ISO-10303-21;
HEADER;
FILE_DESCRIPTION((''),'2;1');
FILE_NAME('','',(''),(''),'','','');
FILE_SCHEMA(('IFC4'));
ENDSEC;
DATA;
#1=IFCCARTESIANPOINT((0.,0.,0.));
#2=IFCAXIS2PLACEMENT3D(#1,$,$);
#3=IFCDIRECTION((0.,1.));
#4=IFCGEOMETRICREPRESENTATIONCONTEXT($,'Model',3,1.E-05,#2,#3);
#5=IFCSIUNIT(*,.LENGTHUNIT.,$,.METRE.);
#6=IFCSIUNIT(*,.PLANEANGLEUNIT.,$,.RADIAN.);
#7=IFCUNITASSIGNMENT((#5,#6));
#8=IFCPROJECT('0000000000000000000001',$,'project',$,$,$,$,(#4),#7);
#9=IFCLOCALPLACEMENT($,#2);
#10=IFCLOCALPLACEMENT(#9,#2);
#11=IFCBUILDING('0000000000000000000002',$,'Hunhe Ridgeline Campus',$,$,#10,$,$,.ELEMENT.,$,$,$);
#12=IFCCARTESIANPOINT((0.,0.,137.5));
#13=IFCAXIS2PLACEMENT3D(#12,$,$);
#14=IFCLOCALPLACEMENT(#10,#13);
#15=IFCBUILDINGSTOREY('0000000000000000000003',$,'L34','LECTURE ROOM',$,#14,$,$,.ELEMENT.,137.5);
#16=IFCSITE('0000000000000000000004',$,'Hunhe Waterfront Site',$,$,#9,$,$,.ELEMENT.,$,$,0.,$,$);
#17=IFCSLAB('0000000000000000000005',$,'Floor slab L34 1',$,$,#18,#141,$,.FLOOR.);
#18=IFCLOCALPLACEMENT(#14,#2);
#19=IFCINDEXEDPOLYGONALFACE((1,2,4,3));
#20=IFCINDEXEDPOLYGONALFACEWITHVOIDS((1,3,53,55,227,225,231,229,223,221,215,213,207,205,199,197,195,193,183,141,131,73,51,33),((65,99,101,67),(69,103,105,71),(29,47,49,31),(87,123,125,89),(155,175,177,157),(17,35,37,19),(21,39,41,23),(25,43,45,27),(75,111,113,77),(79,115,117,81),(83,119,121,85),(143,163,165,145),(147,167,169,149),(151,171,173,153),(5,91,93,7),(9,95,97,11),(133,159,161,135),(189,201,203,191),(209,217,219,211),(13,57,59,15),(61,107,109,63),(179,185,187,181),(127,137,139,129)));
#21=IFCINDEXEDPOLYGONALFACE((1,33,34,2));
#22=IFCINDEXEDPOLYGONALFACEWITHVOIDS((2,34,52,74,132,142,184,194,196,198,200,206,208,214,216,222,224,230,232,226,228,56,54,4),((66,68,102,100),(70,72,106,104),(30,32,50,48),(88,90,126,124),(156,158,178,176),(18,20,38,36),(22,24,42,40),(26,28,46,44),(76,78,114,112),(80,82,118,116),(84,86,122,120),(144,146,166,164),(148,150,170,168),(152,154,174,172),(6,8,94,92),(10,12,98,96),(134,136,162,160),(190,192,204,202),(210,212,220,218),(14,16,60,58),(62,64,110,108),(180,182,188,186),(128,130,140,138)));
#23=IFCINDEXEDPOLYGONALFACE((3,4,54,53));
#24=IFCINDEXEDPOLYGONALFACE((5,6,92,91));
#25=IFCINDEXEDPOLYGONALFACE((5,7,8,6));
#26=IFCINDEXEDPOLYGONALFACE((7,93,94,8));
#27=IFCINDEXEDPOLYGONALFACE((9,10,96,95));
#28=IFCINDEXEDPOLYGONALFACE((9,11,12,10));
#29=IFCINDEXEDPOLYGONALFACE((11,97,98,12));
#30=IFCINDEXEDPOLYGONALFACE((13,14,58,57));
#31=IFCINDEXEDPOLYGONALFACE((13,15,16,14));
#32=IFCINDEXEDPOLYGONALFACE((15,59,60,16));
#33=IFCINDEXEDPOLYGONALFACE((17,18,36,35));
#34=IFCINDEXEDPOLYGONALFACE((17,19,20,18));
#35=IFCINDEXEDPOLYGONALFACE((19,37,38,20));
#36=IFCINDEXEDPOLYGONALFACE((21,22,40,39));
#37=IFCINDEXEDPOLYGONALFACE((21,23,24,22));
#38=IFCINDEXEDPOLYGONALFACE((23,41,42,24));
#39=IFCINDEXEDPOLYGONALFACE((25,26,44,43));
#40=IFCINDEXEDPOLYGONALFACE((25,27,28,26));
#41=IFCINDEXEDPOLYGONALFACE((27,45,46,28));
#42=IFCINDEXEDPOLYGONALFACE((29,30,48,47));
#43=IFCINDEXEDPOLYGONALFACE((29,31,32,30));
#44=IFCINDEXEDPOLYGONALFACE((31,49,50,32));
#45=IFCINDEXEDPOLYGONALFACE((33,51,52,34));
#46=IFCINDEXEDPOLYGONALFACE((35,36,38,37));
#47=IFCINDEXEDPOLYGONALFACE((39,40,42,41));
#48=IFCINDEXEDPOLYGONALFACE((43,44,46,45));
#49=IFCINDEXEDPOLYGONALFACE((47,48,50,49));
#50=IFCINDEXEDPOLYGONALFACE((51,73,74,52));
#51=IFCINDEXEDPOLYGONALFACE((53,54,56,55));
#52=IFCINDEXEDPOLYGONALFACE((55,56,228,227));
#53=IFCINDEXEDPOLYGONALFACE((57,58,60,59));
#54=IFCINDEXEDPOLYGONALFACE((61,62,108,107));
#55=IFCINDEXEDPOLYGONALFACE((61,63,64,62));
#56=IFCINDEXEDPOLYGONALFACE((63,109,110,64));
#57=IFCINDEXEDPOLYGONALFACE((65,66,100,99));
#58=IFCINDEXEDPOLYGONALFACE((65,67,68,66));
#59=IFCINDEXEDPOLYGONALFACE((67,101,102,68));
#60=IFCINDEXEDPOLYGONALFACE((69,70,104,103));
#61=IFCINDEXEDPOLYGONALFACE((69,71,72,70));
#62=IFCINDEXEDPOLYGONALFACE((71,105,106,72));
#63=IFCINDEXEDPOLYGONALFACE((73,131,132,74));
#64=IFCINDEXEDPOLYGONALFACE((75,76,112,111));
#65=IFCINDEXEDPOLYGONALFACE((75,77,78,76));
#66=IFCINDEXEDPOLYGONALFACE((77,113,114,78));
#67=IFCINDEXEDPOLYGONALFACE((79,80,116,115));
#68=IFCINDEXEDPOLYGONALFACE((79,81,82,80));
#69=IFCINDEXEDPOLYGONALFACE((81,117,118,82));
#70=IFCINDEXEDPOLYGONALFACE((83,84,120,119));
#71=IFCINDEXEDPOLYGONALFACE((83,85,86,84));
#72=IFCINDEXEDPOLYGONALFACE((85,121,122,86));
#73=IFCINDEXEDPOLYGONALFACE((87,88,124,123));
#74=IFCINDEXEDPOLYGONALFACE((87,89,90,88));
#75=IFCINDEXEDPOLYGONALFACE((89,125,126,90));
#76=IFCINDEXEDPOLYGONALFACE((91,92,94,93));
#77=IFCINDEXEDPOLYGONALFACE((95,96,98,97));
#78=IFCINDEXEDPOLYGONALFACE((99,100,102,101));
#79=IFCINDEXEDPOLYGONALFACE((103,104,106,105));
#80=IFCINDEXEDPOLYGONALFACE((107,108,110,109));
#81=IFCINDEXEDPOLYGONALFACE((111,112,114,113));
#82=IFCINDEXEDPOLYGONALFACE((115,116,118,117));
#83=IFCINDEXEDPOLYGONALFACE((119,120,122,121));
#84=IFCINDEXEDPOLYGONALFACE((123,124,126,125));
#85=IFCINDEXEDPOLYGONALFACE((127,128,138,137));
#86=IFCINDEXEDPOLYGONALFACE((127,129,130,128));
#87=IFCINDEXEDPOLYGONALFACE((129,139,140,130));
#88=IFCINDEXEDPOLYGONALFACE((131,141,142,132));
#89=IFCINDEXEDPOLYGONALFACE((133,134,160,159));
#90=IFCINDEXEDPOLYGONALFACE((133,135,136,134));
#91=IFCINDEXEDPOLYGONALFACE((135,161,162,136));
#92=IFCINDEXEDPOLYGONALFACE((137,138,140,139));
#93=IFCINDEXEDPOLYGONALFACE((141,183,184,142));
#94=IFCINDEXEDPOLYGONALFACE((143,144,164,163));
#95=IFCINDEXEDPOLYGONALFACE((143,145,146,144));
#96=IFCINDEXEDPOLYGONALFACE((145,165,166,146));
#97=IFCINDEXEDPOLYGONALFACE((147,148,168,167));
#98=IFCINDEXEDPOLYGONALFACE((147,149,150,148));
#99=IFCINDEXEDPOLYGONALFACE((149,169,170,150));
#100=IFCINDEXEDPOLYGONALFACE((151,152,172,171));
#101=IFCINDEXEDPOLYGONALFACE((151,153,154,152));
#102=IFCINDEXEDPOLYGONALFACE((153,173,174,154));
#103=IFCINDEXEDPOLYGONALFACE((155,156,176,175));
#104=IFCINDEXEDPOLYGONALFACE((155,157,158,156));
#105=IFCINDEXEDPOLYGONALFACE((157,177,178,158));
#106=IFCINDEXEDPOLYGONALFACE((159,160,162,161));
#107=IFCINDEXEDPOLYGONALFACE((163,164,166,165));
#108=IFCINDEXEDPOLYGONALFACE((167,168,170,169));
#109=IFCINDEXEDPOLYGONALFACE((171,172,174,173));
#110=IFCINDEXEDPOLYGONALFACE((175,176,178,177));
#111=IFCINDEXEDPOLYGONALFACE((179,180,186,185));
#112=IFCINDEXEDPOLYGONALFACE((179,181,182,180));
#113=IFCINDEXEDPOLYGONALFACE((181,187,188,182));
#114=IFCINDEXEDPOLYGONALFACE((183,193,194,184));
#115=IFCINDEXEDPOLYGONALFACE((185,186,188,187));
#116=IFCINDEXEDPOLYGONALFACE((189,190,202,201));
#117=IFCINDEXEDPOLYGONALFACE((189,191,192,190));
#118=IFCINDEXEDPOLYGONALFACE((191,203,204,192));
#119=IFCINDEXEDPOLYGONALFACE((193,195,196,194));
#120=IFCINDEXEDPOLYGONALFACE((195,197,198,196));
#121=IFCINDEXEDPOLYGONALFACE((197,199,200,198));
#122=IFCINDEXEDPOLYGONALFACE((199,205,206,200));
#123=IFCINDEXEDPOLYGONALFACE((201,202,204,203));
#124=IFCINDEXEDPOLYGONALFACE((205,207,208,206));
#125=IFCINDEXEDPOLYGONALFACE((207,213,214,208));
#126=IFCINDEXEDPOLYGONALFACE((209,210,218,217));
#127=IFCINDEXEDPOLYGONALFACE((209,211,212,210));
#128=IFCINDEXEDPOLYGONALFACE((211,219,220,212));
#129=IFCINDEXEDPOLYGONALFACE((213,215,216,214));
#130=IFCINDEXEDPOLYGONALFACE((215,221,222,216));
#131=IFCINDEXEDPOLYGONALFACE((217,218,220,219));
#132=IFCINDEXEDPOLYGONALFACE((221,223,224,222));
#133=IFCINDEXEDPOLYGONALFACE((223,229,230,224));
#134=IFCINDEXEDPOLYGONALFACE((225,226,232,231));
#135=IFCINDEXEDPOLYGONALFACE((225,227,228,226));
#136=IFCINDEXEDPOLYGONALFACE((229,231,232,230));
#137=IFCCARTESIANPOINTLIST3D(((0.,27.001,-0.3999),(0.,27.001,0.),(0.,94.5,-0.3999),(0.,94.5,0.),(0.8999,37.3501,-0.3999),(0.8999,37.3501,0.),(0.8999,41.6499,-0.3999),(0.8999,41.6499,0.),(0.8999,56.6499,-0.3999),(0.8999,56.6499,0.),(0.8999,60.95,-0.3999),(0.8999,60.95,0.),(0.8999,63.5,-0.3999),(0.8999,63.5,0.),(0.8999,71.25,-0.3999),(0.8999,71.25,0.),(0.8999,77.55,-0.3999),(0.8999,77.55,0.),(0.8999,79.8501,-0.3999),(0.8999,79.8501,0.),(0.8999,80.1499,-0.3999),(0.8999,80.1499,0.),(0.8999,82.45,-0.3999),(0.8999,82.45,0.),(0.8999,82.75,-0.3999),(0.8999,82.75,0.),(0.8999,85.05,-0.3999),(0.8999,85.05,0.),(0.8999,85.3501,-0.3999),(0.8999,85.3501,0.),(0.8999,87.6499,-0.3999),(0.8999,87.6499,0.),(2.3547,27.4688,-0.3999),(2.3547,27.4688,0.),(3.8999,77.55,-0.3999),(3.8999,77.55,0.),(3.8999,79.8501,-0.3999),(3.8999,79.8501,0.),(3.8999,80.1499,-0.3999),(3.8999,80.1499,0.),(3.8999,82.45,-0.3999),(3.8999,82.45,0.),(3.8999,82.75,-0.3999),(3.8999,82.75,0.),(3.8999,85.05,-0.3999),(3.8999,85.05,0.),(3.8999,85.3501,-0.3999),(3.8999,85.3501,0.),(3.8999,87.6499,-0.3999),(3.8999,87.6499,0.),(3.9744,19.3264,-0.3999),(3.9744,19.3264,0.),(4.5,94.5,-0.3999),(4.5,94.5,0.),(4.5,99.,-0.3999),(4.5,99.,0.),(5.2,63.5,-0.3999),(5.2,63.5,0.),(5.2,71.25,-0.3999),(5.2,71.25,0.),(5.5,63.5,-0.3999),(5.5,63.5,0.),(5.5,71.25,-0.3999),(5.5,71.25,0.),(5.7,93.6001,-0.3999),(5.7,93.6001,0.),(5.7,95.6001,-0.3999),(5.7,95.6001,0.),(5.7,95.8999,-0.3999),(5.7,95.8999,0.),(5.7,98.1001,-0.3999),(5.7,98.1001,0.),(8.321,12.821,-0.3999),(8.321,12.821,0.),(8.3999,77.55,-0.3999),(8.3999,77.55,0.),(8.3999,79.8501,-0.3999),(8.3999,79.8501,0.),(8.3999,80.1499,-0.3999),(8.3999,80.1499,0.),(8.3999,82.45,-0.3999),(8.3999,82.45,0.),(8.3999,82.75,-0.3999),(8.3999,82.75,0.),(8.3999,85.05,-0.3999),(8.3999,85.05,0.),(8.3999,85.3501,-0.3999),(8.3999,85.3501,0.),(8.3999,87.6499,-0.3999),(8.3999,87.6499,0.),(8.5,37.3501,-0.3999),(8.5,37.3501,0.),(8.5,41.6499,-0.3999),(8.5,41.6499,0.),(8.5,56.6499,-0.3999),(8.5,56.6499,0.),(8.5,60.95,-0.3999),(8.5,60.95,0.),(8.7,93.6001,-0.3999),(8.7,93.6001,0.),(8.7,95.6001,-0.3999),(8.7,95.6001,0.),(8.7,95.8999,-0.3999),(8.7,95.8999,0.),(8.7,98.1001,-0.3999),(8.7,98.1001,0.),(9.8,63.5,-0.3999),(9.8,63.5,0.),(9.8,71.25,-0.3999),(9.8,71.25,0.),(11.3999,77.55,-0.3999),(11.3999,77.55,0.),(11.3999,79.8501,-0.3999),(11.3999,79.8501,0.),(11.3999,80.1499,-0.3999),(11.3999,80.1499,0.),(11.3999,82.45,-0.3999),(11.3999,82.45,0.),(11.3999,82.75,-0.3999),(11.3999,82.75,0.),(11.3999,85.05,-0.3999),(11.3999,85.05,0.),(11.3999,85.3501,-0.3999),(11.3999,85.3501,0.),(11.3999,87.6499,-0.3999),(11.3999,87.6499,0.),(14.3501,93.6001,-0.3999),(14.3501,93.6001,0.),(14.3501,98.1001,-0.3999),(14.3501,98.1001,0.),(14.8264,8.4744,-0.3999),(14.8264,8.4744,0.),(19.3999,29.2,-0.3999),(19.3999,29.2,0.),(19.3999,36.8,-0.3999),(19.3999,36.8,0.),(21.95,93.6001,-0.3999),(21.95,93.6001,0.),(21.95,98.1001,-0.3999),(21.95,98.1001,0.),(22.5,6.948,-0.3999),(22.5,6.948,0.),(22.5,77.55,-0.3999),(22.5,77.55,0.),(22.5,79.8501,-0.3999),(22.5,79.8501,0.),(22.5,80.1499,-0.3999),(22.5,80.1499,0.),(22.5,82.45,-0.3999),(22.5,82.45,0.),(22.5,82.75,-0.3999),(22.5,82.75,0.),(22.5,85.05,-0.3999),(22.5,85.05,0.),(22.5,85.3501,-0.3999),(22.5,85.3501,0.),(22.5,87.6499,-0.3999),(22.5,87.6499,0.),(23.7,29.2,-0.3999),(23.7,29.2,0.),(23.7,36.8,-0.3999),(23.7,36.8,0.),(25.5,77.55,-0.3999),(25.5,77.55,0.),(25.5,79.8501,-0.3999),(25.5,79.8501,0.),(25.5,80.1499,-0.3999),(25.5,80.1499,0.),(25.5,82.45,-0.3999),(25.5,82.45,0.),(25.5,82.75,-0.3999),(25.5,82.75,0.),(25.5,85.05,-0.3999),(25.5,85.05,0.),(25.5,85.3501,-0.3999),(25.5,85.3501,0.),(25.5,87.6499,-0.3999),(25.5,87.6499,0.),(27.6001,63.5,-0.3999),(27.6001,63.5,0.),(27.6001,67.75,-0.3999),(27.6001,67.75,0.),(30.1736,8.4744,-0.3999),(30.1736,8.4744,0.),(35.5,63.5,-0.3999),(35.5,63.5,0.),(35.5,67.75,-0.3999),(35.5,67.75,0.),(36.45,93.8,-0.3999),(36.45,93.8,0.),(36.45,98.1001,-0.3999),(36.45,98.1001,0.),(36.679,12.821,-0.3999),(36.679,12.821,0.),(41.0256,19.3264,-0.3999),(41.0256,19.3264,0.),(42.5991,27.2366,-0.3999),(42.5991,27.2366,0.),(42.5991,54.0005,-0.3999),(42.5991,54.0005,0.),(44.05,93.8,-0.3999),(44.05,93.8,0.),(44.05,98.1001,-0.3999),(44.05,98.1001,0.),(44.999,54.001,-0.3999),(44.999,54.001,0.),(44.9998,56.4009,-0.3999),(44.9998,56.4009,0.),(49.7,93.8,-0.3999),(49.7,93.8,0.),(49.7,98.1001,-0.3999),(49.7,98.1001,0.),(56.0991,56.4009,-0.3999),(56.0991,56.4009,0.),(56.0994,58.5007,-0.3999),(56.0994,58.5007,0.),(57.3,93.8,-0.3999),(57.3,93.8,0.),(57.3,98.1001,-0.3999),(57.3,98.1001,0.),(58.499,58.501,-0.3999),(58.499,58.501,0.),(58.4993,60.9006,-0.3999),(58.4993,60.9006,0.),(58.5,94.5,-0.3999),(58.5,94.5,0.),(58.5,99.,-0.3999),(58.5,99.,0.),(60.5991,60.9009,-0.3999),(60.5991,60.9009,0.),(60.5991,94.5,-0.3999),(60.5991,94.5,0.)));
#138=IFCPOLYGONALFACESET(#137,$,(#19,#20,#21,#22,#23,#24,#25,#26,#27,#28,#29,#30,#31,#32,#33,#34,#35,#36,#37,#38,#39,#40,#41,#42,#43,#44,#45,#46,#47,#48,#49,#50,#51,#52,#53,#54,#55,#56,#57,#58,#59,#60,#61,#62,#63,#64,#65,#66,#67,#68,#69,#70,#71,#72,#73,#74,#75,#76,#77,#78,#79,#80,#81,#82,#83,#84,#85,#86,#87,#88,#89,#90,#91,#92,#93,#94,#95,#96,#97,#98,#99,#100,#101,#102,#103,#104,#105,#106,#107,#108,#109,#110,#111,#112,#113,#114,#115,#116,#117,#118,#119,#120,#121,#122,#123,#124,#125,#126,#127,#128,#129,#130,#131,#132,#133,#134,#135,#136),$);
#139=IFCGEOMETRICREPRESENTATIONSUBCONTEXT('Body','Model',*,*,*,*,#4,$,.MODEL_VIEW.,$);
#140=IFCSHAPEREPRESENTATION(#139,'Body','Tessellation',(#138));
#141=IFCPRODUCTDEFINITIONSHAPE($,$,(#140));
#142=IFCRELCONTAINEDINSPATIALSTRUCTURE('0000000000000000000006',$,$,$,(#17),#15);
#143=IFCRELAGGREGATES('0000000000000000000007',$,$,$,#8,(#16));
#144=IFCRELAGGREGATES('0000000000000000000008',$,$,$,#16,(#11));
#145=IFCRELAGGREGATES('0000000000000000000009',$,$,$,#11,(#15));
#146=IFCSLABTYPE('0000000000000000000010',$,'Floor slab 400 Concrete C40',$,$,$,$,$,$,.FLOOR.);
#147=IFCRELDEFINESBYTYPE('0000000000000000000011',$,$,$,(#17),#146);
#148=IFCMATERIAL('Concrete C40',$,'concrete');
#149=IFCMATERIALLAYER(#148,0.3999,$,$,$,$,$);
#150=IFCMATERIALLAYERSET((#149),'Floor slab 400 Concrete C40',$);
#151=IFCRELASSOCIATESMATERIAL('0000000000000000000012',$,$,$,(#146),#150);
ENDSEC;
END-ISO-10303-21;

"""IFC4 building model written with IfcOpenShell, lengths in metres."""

from ifc_helpers import new_model, si_unit, direction, frame, origin, place, context, subcontext, project, spatial, polyline, outline, extrude, material, layer, layer_set, type_object, element, save


model = new_model("IFC4")

# Units and contexts
model_context = context("Model", 3, precision=1e-05, world=origin(), true_north=direction((0.0, 1.0)))
body_context = subcontext(model_context, "Body", "Model", "MODEL_VIEW")
ifc_project = project(units=[si_unit("LENGTHUNIT", "METRE"), si_unit("PLANEANGLEUNIT", "RADIAN")], contexts=[model_context])

# Site, building, storey
site_placement = place(None, origin())
site = spatial("IfcSite", under=ifc_project, at=site_placement, Name="Hunhe Waterfront Site", CompositionType="ELEMENT", RefElevation=0.0)
building_placement = place(site_placement, origin())
building = spatial("IfcBuilding", under=site, at=building_placement, Name="Hunhe Ridgeline Campus", CompositionType="ELEMENT")
storey_placement = place(building_placement, frame((0.0, 0.0, 137.5)))
storey = spatial("IfcBuildingStorey", under=building, at=storey_placement, Name="L34", Description="LECTURE ROOM", CompositionType="ELEMENT", Elevation=137.5)

# Slab
ifc_material_1 = material(Name="Concrete C40", Category="concrete")
ifc_layer_1 = layer(ifc_material_1, 0.3999)
ifc_layer_set_1 = layer_set([ifc_layer_1], Name="Floor slab 400 Concrete C40")
slab_type_1 = type_object("IfcSlabType", Name="Floor slab 400 Concrete C40", PredefinedType="FLOOR", material=ifc_layer_set_1)
slab_1_placement = place(storey_placement, frame((0.0, 0.0, -0.3999)))
element("IfcSlab", 1, at=slab_1_placement, inside=storey, type_object=slab_type_1, Name="Floor slab L34 1", PredefinedType="FLOOR", context=body_context, shape_type="SweptSolid", body=[
    extrude(outline(polyline([(2.3547, 27.4688), (3.9744, 19.3264), (8.321, 12.821), (14.8264, 8.4744), (22.5, 6.948), (30.1736, 8.4744), (36.679, 12.821), (41.0256, 19.3264), (42.5991, 27.2366), (42.5991, 54.0005), (44.999, 54.001), (44.9998, 56.4009), (56.0991, 56.4009), (56.0994, 58.5007), (58.499, 58.501), (58.4993, 60.9006), (60.5991, 60.9009), (60.5991, 94.5), (58.5, 94.5), (58.5, 99.0), (4.5, 99.0), (4.5, 94.5), (0.0, 94.5), (0.0, 27.001), (2.3547, 27.4688)]), holes=[polyline([(49.7, 93.8), (57.3, 93.8), (57.3, 98.1001), (49.7, 98.1001), (49.7, 93.8)]), polyline([(44.05, 93.8), (44.05, 98.1001), (36.45, 98.1001), (36.45, 93.8), (44.05, 93.8)]), polyline([(35.5, 67.75), (27.6001, 67.75), (27.6001, 63.5), (35.5, 63.5), (35.5, 67.75)]), polyline([(25.5, 82.75), (25.5, 85.05), (22.5, 85.05), (22.5, 82.75), (25.5, 82.75)]), polyline([(25.5, 82.45), (22.5, 82.45), (22.5, 80.1499), (25.5, 80.1499), (25.5, 82.45)]), polyline([(22.5, 85.3501), (25.5, 85.3501), (25.5, 87.6499), (22.5, 87.6499), (22.5, 85.3501)]), polyline([(22.5, 79.8501), (22.5, 77.55), (25.5, 77.55), (25.5, 79.8501), (22.5, 79.8501)]), polyline([(19.3999, 29.2), (23.7, 29.2), (23.7, 36.8), (19.3999, 36.8), (19.3999, 29.2)]), polyline([(21.95, 93.6001), (21.95, 98.1001), (14.3501, 98.1001), (14.3501, 93.6001), (21.95, 93.6001)]), polyline([(8.3999, 79.8501), (8.3999, 77.55), (11.3999, 77.55), (11.3999, 79.8501), (8.3999, 79.8501)]), polyline([(8.3999, 85.3501), (11.3999, 85.3501), (11.3999, 87.6499), (8.3999, 87.6499), (8.3999, 85.3501)]), polyline([(11.3999, 82.45), (8.3999, 82.45), (8.3999, 80.1499), (11.3999, 80.1499), (11.3999, 82.45)]), polyline([(11.3999, 82.75), (11.3999, 85.05), (8.3999, 85.05), (8.3999, 82.75), (11.3999, 82.75)]), polyline([(5.5, 71.25), (5.5, 63.5), (9.8, 63.5), (9.8, 71.25), (5.5, 71.25)]), polyline([(8.7, 98.1001), (5.7, 98.1001), (5.7, 95.8999), (8.7, 95.8999), (8.7, 98.1001)]), polyline([(5.7, 95.6001), (5.7, 93.6001), (8.7, 93.6001), (8.7, 95.6001), (5.7, 95.6001)]), polyline([(0.8999, 60.95), (0.8999, 56.6499), (8.5, 56.6499), (8.5, 60.95), (0.8999, 60.95)]), polyline([(0.8999, 37.3501), (8.5, 37.3501), (8.5, 41.6499), (0.8999, 41.6499), (0.8999, 37.3501)]), polyline([(0.8999, 63.5), (5.2, 63.5), (5.2, 71.25), (0.8999, 71.25), (0.8999, 63.5)]), polyline([(3.8999, 82.75), (3.8999, 85.05), (0.8999, 85.05), (0.8999, 82.75), (3.8999, 82.75)]), polyline([(3.8999, 82.45), (0.8999, 82.45), (0.8999, 80.1499), (3.8999, 80.1499), (3.8999, 82.45)]), polyline([(0.8999, 85.3501), (3.8999, 85.3501), (3.8999, 87.6499), (0.8999, 87.6499), (0.8999, 85.3501)]), polyline([(0.8999, 79.8501), (0.8999, 77.55), (3.8999, 77.55), (3.8999, 79.8501), (0.8999, 79.8501)])]), origin(), (0.0, 0.0, 1.0), 0.3999),
])

save(model, "model.ifc")
